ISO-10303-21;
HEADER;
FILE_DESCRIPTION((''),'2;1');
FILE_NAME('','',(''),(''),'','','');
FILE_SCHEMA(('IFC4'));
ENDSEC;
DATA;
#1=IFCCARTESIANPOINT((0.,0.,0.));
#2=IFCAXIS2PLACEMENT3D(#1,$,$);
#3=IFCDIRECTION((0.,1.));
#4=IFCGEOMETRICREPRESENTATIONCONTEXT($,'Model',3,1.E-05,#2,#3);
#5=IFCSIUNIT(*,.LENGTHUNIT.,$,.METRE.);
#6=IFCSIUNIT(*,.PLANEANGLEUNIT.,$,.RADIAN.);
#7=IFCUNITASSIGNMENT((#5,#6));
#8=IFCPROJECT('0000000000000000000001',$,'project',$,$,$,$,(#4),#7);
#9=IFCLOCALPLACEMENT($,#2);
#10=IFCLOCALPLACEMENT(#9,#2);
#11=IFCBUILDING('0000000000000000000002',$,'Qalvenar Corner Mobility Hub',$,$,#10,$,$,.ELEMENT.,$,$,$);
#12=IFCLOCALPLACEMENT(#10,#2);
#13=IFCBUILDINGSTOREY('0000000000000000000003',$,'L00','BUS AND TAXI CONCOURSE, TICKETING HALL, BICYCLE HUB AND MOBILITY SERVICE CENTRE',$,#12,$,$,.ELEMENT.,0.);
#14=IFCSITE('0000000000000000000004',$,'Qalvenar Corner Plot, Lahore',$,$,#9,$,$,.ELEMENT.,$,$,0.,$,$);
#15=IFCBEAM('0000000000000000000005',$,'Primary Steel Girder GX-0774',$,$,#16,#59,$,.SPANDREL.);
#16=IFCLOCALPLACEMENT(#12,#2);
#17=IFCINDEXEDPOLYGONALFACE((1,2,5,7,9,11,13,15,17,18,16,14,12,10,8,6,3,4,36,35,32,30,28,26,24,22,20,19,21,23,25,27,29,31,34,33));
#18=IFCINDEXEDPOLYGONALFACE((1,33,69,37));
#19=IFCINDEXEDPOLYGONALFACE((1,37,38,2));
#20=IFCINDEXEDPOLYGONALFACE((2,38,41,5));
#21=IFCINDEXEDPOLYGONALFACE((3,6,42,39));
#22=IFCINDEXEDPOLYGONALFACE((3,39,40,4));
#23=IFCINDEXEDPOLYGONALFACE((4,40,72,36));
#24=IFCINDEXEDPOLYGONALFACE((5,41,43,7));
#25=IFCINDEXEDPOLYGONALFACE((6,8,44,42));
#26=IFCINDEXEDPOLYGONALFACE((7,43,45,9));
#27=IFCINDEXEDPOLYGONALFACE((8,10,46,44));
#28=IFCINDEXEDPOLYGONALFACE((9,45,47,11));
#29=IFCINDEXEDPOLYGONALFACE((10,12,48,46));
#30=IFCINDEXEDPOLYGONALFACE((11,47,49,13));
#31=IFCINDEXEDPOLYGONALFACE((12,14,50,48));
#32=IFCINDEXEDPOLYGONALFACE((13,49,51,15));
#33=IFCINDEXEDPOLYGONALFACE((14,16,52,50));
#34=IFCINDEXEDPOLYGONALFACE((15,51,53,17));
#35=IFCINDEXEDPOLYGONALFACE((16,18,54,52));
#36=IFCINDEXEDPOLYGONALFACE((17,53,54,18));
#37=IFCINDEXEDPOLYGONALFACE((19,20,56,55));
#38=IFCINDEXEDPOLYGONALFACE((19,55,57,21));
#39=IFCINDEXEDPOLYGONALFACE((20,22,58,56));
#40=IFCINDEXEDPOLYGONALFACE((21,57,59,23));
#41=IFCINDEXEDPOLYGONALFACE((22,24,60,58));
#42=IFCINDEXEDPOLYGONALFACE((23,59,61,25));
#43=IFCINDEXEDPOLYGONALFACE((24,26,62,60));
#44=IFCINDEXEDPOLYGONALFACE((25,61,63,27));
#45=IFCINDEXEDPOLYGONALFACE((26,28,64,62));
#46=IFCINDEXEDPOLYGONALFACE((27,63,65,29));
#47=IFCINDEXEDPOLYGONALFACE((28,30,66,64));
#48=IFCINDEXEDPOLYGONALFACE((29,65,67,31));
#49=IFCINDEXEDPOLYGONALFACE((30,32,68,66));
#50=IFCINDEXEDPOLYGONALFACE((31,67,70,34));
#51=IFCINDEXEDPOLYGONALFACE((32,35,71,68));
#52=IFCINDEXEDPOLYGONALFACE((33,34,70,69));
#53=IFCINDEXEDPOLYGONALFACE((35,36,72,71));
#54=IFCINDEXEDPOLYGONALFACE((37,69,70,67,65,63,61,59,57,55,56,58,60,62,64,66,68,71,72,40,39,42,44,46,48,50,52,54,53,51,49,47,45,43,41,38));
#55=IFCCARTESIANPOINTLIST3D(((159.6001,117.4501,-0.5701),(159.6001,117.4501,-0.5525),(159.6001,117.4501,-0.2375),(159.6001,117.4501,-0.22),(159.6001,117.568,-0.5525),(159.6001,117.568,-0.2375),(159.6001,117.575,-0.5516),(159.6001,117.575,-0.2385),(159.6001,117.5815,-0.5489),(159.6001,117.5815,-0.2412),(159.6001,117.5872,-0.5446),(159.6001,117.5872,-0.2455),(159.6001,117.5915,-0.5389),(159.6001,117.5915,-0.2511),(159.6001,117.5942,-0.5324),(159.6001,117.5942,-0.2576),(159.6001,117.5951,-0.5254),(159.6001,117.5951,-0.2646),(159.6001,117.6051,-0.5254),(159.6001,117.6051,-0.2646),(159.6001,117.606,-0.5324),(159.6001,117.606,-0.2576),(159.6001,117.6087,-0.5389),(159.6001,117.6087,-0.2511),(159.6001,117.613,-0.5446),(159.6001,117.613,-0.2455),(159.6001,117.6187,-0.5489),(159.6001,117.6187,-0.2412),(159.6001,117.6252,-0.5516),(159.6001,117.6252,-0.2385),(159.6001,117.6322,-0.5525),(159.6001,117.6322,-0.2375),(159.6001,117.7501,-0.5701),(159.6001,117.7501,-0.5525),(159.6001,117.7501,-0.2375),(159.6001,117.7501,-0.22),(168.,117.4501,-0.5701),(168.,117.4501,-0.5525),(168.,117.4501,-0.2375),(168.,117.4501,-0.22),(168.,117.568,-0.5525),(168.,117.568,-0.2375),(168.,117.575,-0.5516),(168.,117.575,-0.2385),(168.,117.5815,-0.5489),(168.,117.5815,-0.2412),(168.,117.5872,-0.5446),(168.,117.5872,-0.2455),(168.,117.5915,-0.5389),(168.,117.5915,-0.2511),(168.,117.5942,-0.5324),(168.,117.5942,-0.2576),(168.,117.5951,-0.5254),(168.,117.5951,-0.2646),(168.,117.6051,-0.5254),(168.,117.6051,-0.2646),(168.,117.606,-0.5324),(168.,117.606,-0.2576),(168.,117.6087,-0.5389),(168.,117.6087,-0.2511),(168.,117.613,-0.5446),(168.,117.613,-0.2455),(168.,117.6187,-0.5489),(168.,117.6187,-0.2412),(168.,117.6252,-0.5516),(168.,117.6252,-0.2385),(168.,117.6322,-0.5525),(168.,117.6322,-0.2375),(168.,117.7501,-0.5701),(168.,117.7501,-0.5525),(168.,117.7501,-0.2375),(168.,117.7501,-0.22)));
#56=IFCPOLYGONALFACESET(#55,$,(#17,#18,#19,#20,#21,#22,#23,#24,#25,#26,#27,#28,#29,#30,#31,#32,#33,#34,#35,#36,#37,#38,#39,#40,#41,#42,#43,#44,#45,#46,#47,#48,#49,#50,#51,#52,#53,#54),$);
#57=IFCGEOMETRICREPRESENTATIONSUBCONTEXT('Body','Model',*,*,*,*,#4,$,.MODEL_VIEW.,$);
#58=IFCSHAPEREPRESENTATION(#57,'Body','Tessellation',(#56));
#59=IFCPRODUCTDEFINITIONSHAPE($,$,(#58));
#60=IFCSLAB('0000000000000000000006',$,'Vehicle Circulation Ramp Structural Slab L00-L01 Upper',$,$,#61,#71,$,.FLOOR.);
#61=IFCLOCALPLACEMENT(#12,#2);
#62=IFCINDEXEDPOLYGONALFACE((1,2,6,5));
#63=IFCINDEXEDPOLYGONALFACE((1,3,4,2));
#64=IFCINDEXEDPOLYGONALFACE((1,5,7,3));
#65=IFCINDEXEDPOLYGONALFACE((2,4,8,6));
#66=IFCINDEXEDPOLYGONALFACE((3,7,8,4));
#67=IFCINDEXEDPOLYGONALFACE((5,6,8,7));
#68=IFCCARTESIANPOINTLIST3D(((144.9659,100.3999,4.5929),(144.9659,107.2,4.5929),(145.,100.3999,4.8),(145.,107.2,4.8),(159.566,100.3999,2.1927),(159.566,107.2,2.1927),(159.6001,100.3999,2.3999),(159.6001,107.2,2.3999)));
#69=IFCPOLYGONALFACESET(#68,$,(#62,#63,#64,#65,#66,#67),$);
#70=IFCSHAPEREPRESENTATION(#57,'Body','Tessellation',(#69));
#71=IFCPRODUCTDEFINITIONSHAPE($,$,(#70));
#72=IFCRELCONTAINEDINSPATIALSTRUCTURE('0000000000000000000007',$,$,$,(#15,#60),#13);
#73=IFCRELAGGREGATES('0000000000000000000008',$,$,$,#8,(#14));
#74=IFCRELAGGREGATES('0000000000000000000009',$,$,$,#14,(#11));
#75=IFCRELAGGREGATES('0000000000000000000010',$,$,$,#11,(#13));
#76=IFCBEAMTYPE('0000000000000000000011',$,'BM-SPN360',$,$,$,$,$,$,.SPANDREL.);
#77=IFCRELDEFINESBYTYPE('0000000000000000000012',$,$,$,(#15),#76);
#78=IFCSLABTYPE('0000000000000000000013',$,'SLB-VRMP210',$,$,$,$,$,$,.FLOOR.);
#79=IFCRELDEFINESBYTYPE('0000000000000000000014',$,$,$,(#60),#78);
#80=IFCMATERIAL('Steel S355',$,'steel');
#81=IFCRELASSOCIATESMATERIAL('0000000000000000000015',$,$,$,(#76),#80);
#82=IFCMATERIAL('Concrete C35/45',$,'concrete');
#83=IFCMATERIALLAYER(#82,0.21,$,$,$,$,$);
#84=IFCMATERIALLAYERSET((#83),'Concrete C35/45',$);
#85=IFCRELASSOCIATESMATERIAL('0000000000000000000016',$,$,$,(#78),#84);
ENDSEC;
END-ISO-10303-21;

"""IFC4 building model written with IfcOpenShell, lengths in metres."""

from ifc_helpers import new_model, si_unit, direction, frame, origin, origin_2d, place, context, subcontext, project, spatial, polyline, i_section, outline, extrude, material, layer, layer_set, material_profile, profile_set, type_object, element, save


model = new_model("IFC4")

# Units and contexts
model_context = context("Model", 3, precision=1e-05, world=origin(), true_north=direction((0.0, 1.0)))
body_context = subcontext(model_context, "Body", "Model", "MODEL_VIEW")
ifc_project = project(units=[si_unit("LENGTHUNIT", "METRE"), si_unit("PLANEANGLEUNIT", "RADIAN")], contexts=[model_context])

# Site, building, storey
site_placement = place(None, origin())
site = spatial("IfcSite", under=ifc_project, at=site_placement, Name="Qalvenar Corner Plot, Lahore", CompositionType="ELEMENT", RefElevation=0.0)
building_placement = place(site_placement, origin())
building = spatial("IfcBuilding", under=site, at=building_placement, Name="Qalvenar Corner Mobility Hub", CompositionType="ELEMENT")
storey_placement = place(building_placement, origin())
storey = spatial("IfcBuildingStorey", under=building, at=storey_placement, Name="L00", Description="BUS AND TAXI CONCOURSE, TICKETING HALL, BICYCLE HUB AND MOBILITY SERVICE CENTRE", CompositionType="ELEMENT", Elevation=0.0)

# Shared definitions
ifc_material_1 = material(Name="Steel S355", Category="steel")

# Beam
ifc_material_profile_1 = material_profile(ifc_material_1, i_section(OverallWidth=0.3, OverallDepth=0.3501, WebThickness=0.01, FlangeThickness=0.0176, FilletRadius=0.0271, at=origin_2d()), Name="HEA360")
ifc_profile_set_1 = profile_set([ifc_material_profile_1], Name="Steel S355")
beam_type_1 = type_object("IfcBeamType", Name="BM-SPN360", PredefinedType="SPANDREL", material=ifc_profile_set_1)
beam_1_placement = place(storey_placement, frame((159.6001, 117.6001, -0.395), z_axis=(1.0, 0.0, 0.0), x_axis=(0.0, 1.0, 0.0)))
element("IfcBeam", 1, at=beam_1_placement, inside=storey, type_object=beam_type_1, Name="Primary Steel Girder GX-0774", PredefinedType="SPANDREL", context=body_context, shape_type="SweptSolid", body=[
    extrude(i_section(OverallWidth=0.3, OverallDepth=0.3501, WebThickness=0.01, FlangeThickness=0.0176, FilletRadius=0.0271, at=origin_2d()), origin(), (0.0, 0.0, 1.0), 8.3999),
])

# Slab
ifc_material_2 = material(Name="Concrete C35/45", Category="concrete")
ifc_layer = layer(ifc_material_2, 0.21)
ifc_layer_set = layer_set([ifc_layer], Name="Concrete C35/45")
slab_type = type_object("IfcSlabType", Name="SLB-VRMP210", PredefinedType="FLOOR", material=ifc_layer_set)
slab_placement = place(storey_placement, frame((159.6001, 100.3999, 2.3999), z_axis=(0.162215, 0.0, 0.986755), x_axis=(-0.986755, 0.0, 0.162215)))
element("IfcSlab", 2, at=slab_placement, inside=storey, type_object=slab_type, Name="Vehicle Circulation Ramp Structural Slab L00-L01 Upper", PredefinedType="FLOOR", context=body_context, shape_type="SweptSolid", body=[
    extrude(outline(polyline([(0.0, 0.0), (14.7961, 0.0), (14.7961, -6.8), (0.0, -6.8), (0.0, 0.0)])), origin(), (0.0, 0.0, -1.0), 0.21),
])

save(model, "model.ifc")
